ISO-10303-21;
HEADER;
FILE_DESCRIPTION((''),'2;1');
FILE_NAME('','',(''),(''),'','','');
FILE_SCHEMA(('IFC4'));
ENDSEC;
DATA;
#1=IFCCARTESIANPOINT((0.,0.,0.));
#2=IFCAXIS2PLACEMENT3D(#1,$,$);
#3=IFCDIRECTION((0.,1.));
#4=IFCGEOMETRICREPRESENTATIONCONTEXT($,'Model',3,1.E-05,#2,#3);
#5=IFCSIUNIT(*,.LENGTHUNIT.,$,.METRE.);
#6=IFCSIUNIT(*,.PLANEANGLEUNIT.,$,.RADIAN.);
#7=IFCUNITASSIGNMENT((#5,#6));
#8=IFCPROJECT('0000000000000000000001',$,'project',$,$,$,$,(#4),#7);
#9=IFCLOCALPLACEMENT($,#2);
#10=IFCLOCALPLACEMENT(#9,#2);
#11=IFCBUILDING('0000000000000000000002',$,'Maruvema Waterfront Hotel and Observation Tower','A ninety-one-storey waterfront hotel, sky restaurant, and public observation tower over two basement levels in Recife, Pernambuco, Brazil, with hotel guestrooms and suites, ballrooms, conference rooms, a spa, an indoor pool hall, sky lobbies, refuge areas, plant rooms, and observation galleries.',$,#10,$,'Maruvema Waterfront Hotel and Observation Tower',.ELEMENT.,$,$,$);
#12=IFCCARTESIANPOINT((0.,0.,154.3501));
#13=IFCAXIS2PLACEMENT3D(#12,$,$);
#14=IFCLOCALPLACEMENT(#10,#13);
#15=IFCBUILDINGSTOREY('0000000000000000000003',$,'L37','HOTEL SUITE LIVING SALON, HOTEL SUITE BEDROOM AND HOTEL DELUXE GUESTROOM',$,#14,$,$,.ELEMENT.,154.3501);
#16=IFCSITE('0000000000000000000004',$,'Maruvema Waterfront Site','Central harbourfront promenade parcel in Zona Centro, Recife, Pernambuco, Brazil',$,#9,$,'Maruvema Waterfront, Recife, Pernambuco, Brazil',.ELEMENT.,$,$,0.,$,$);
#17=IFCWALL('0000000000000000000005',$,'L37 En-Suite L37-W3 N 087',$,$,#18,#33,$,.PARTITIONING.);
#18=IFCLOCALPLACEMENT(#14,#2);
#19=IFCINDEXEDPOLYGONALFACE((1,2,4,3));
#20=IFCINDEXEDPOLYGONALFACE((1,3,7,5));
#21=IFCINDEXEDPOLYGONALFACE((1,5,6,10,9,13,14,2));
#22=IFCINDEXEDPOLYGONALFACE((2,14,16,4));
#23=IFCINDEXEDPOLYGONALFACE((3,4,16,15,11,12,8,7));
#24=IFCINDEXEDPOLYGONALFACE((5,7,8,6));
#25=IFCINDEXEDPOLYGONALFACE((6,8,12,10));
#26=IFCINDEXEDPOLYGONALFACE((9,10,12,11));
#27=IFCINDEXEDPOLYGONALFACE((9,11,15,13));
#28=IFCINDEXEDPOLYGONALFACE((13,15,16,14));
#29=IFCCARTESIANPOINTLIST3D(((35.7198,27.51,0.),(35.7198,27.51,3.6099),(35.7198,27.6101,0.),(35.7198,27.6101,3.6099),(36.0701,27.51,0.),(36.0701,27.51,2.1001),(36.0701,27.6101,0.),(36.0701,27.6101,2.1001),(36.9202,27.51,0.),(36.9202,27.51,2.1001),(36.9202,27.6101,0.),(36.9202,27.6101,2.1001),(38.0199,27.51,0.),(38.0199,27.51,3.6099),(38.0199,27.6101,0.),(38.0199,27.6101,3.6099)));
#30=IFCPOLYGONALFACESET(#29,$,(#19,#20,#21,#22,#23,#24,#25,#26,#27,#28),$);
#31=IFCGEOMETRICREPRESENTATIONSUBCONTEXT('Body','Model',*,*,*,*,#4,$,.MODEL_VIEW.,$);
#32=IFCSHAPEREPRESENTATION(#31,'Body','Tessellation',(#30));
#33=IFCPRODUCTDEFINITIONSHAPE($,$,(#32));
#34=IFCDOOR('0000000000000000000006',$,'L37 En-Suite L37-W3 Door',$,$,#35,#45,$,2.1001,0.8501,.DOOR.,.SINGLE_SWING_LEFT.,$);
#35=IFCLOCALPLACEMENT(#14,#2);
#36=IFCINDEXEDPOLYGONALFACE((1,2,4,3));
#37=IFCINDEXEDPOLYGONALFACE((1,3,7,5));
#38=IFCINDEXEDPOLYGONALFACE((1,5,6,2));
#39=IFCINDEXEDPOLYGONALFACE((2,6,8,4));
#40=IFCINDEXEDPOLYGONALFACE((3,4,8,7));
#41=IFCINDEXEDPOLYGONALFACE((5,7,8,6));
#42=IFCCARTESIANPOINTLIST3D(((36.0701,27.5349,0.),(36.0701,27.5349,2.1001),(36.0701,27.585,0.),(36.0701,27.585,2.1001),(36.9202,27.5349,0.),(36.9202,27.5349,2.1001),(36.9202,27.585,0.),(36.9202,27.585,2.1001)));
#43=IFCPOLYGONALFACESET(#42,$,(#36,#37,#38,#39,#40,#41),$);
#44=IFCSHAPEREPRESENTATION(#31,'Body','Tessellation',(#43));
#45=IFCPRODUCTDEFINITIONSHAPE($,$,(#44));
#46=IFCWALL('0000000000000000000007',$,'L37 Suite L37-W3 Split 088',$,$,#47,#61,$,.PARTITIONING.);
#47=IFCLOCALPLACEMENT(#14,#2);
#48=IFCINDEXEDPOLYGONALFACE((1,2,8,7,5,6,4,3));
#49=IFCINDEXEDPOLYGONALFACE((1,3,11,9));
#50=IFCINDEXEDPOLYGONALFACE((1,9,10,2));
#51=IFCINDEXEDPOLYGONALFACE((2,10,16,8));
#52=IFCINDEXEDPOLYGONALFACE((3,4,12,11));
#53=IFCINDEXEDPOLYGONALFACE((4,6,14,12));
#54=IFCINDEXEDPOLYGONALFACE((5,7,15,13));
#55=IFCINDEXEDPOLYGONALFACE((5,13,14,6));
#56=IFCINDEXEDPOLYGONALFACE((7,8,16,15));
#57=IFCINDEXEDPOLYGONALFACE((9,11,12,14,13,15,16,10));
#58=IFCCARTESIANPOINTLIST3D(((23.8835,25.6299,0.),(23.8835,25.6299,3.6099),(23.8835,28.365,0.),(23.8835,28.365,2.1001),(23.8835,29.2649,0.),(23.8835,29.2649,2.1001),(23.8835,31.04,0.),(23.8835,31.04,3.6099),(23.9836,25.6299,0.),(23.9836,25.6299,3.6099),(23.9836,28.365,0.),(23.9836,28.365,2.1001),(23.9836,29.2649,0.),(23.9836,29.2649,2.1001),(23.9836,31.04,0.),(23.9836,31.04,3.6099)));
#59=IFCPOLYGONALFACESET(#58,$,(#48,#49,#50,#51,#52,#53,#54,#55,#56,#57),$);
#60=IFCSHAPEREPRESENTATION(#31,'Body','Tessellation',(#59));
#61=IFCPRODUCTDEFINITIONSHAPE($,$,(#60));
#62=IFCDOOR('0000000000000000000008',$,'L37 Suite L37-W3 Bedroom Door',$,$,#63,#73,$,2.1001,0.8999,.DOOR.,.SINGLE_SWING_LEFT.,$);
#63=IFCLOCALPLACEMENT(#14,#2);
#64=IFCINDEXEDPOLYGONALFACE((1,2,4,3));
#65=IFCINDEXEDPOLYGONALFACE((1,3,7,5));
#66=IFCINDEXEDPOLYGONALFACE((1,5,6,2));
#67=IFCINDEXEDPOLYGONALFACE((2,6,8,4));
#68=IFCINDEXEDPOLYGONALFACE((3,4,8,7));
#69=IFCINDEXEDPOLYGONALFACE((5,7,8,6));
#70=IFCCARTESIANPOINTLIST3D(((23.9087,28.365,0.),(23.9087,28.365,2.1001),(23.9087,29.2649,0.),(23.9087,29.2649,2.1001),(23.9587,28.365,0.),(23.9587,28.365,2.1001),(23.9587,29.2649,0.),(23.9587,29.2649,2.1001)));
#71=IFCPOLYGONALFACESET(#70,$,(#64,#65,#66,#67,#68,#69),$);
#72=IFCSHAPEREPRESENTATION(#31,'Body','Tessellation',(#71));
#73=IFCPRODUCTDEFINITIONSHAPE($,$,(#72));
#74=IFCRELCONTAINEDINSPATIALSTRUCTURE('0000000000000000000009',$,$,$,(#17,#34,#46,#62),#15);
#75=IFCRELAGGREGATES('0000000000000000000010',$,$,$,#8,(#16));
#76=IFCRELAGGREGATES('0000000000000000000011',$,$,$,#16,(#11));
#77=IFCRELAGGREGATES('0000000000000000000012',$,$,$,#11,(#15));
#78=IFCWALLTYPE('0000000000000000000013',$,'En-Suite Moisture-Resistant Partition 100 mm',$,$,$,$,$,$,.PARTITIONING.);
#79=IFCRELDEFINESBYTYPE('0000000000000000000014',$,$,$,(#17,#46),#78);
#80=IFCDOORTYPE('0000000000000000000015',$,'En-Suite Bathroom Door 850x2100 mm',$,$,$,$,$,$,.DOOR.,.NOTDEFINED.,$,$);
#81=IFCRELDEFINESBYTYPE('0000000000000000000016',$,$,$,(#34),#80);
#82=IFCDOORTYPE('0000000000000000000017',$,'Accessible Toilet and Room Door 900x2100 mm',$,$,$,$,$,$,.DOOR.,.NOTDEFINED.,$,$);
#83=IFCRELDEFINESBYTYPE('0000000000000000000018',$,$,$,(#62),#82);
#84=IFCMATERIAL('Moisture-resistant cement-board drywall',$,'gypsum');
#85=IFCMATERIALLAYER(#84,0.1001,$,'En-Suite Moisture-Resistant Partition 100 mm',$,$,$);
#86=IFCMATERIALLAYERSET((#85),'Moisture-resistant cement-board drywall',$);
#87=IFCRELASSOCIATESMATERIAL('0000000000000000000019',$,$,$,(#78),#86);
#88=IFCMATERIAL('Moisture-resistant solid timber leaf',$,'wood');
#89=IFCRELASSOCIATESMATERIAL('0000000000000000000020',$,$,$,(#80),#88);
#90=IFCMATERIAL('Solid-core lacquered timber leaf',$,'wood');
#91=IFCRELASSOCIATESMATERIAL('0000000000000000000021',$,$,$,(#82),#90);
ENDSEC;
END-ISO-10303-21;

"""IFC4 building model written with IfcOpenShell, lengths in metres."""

from ifc_helpers import new_model, si_unit, direction, frame, frame_2d, origin, place, context, subcontext, project, spatial, rectangle, extrude, material, layer, layer_set, type_object, element, fill, save


model = new_model("IFC4")

# Units and contexts
model_context = context("Model", 3, precision=1e-05, world=origin(), true_north=direction((0.0, 1.0)))
body_context = subcontext(model_context, "Body", "Model", "MODEL_VIEW")
ifc_project = project(units=[si_unit("LENGTHUNIT", "METRE"), si_unit("PLANEANGLEUNIT", "RADIAN")], contexts=[model_context])

# Site, building, storey
site_placement = place(None, origin())
site = spatial("IfcSite", under=ifc_project, at=site_placement, Name="Maruvema Waterfront Site", Description="Central harbourfront promenade parcel in Zona Centro, Recife, Pernambuco, Brazil", LongName="Maruvema Waterfront, Recife, Pernambuco, Brazil", CompositionType="ELEMENT", RefElevation=0.0)
building_placement = place(site_placement, origin())
building = spatial("IfcBuilding", under=site, at=building_placement, Name="Maruvema Waterfront Hotel and Observation Tower", Description="A ninety-one-storey waterfront hotel, sky restaurant, and public observation tower over two basement levels in Recife, Pernambuco, Brazil, with hotel guestrooms and suites, ballrooms, conference rooms, a spa, an indoor pool hall, sky lobbies, refuge areas, plant rooms, and observation galleries.", LongName="Maruvema Waterfront Hotel and Observation Tower", CompositionType="ELEMENT")
storey_placement = place(building_placement, frame((0.0, 0.0, 154.3501)))
storey = spatial("IfcBuildingStorey", under=building, at=storey_placement, Name="L37", Description="HOTEL SUITE LIVING SALON, HOTEL SUITE BEDROOM AND HOTEL DELUXE GUESTROOM", CompositionType="ELEMENT", Elevation=154.3501)

# Shared definitions
ifc_material_1 = material(Name="Moisture-resistant cement-board drywall", Category="gypsum")
ifc_layer_1 = layer(ifc_material_1, 0.1001, Name="En-Suite Moisture-Resistant Partition 100 mm")
ifc_layer_set_1 = layer_set([ifc_layer_1], Name="Moisture-resistant cement-board drywall")
wall_type = type_object("IfcWallType", Name="En-Suite Moisture-Resistant Partition 100 mm", PredefinedType="PARTITIONING", material=ifc_layer_set_1)

# Shared definitions
ifc_material_2 = material(Name="Moisture-resistant solid timber leaf", Category="wood")
door_type_1 = type_object("IfcDoorType", Name="En-Suite Bathroom Door 850x2100 mm", OperationType="NOTDEFINED", PredefinedType="DOOR", material=ifc_material_2)
ifc_material_3 = material(Name="Solid-core lacquered timber leaf", Category="wood")
door_type_2 = type_object("IfcDoorType", Name="Accessible Toilet and Room Door 900x2100 mm", OperationType="NOTDEFINED", PredefinedType="DOOR", material=ifc_material_3)

# Walls, openings, doors
wall_1_placement = place(storey_placement, frame((35.72, 27.5601, 0.0), z_axis=(0.0, 0.0, 1.0), x_axis=(1.0, 0.0, 0.0)))
wall_1 = element("IfcWall", 1, at=wall_1_placement, inside=storey, type_object=wall_type, Name="L37 En-Suite L37-W3 N 087", PredefinedType="PARTITIONING", context=body_context, shape_type="SweptSolid", body=[
    extrude(rectangle(XDim=2.3, YDim=0.1001, at=frame_2d((1.1499, 0.0))), origin(), (0.0, 0.0, 1.0), 3.6099),
])
opening_1_placement = place(wall_1_placement, frame((0.3501, 0.0, 0.0)))
opening_1 = element("IfcOpeningElement", 2, at=opening_1_placement, cuts=wall_1, PredefinedType="OPENING", context=body_context, shape_type="SweptSolid", body=[
    extrude(rectangle(XDim=0.8501, YDim=2.1001, at=frame_2d((0.425, 1.05))), frame((0.0, 0.0601, 0.0), z_axis=(0.0, -1.0, 0.0), x_axis=(1.0, 0.0, 0.0)), (0.0, 0.0, 1.0), 0.1201),
])
door_1_placement = place(opening_1_placement, origin())
door_1 = element("IfcDoor", 3, at=door_1_placement, inside=storey, type_object=door_type_1, Name="L37 En-Suite L37-W3 Door", OperationType="SINGLE_SWING_LEFT", OverallHeight=2.1001, OverallWidth=0.8501, PredefinedType="DOOR", context=body_context, shape_type="SweptSolid", body=[
    extrude(rectangle(XDim=0.8501, YDim=2.1001, at=frame_2d((0.425, 1.05))), frame((0.0, 0.0249, 0.0), z_axis=(0.0, -1.0, 0.0), x_axis=(1.0, 0.0, 0.0)), (0.0, 0.0, 1.0), 0.05),
])
fill(opening_1, door_1)
wall_2_placement = place(storey_placement, frame((23.9336, 25.6299, 0.0), z_axis=(0.0, 0.0, 1.0), x_axis=(0.0, 1.0, 0.0)))
wall_2 = element("IfcWall", 4, at=wall_2_placement, inside=storey, type_object=wall_type, Name="L37 Suite L37-W3 Split 088", PredefinedType="PARTITIONING", context=body_context, shape_type="SweptSolid", body=[
    extrude(rectangle(XDim=5.4102, YDim=0.1001, at=frame_2d((2.7051, 0.0))), origin(), (0.0, 0.0, 1.0), 3.6099),
])
opening_2_placement = place(wall_2_placement, frame((2.7351, 0.0, 0.0)))
opening_2 = element("IfcOpeningElement", 5, at=opening_2_placement, cuts=wall_2, PredefinedType="OPENING", context=body_context, shape_type="SweptSolid", body=[
    extrude(rectangle(XDim=0.8999, YDim=2.1001, at=frame_2d((0.45, 1.05))), frame((0.0, 0.0601, 0.0), z_axis=(0.0, -1.0, 0.0), x_axis=(1.0, 0.0, 0.0)), (0.0, 0.0, 1.0), 0.1201),
])
door_2_placement = place(opening_2_placement, origin())
door_2 = element("IfcDoor", 6, at=door_2_placement, inside=storey, type_object=door_type_2, Name="L37 Suite L37-W3 Bedroom Door", OperationType="SINGLE_SWING_LEFT", OverallHeight=2.1001, OverallWidth=0.8999, PredefinedType="DOOR", context=body_context, shape_type="SweptSolid", body=[
    extrude(rectangle(XDim=0.8999, YDim=2.1001, at=frame_2d((0.45, 1.05))), frame((0.0, 0.0249, 0.0), z_axis=(0.0, -1.0, 0.0), x_axis=(1.0, 0.0, 0.0)), (0.0, 0.0, 1.0), 0.05),
])
fill(opening_2, door_2)

save(model, "model.ifc")
